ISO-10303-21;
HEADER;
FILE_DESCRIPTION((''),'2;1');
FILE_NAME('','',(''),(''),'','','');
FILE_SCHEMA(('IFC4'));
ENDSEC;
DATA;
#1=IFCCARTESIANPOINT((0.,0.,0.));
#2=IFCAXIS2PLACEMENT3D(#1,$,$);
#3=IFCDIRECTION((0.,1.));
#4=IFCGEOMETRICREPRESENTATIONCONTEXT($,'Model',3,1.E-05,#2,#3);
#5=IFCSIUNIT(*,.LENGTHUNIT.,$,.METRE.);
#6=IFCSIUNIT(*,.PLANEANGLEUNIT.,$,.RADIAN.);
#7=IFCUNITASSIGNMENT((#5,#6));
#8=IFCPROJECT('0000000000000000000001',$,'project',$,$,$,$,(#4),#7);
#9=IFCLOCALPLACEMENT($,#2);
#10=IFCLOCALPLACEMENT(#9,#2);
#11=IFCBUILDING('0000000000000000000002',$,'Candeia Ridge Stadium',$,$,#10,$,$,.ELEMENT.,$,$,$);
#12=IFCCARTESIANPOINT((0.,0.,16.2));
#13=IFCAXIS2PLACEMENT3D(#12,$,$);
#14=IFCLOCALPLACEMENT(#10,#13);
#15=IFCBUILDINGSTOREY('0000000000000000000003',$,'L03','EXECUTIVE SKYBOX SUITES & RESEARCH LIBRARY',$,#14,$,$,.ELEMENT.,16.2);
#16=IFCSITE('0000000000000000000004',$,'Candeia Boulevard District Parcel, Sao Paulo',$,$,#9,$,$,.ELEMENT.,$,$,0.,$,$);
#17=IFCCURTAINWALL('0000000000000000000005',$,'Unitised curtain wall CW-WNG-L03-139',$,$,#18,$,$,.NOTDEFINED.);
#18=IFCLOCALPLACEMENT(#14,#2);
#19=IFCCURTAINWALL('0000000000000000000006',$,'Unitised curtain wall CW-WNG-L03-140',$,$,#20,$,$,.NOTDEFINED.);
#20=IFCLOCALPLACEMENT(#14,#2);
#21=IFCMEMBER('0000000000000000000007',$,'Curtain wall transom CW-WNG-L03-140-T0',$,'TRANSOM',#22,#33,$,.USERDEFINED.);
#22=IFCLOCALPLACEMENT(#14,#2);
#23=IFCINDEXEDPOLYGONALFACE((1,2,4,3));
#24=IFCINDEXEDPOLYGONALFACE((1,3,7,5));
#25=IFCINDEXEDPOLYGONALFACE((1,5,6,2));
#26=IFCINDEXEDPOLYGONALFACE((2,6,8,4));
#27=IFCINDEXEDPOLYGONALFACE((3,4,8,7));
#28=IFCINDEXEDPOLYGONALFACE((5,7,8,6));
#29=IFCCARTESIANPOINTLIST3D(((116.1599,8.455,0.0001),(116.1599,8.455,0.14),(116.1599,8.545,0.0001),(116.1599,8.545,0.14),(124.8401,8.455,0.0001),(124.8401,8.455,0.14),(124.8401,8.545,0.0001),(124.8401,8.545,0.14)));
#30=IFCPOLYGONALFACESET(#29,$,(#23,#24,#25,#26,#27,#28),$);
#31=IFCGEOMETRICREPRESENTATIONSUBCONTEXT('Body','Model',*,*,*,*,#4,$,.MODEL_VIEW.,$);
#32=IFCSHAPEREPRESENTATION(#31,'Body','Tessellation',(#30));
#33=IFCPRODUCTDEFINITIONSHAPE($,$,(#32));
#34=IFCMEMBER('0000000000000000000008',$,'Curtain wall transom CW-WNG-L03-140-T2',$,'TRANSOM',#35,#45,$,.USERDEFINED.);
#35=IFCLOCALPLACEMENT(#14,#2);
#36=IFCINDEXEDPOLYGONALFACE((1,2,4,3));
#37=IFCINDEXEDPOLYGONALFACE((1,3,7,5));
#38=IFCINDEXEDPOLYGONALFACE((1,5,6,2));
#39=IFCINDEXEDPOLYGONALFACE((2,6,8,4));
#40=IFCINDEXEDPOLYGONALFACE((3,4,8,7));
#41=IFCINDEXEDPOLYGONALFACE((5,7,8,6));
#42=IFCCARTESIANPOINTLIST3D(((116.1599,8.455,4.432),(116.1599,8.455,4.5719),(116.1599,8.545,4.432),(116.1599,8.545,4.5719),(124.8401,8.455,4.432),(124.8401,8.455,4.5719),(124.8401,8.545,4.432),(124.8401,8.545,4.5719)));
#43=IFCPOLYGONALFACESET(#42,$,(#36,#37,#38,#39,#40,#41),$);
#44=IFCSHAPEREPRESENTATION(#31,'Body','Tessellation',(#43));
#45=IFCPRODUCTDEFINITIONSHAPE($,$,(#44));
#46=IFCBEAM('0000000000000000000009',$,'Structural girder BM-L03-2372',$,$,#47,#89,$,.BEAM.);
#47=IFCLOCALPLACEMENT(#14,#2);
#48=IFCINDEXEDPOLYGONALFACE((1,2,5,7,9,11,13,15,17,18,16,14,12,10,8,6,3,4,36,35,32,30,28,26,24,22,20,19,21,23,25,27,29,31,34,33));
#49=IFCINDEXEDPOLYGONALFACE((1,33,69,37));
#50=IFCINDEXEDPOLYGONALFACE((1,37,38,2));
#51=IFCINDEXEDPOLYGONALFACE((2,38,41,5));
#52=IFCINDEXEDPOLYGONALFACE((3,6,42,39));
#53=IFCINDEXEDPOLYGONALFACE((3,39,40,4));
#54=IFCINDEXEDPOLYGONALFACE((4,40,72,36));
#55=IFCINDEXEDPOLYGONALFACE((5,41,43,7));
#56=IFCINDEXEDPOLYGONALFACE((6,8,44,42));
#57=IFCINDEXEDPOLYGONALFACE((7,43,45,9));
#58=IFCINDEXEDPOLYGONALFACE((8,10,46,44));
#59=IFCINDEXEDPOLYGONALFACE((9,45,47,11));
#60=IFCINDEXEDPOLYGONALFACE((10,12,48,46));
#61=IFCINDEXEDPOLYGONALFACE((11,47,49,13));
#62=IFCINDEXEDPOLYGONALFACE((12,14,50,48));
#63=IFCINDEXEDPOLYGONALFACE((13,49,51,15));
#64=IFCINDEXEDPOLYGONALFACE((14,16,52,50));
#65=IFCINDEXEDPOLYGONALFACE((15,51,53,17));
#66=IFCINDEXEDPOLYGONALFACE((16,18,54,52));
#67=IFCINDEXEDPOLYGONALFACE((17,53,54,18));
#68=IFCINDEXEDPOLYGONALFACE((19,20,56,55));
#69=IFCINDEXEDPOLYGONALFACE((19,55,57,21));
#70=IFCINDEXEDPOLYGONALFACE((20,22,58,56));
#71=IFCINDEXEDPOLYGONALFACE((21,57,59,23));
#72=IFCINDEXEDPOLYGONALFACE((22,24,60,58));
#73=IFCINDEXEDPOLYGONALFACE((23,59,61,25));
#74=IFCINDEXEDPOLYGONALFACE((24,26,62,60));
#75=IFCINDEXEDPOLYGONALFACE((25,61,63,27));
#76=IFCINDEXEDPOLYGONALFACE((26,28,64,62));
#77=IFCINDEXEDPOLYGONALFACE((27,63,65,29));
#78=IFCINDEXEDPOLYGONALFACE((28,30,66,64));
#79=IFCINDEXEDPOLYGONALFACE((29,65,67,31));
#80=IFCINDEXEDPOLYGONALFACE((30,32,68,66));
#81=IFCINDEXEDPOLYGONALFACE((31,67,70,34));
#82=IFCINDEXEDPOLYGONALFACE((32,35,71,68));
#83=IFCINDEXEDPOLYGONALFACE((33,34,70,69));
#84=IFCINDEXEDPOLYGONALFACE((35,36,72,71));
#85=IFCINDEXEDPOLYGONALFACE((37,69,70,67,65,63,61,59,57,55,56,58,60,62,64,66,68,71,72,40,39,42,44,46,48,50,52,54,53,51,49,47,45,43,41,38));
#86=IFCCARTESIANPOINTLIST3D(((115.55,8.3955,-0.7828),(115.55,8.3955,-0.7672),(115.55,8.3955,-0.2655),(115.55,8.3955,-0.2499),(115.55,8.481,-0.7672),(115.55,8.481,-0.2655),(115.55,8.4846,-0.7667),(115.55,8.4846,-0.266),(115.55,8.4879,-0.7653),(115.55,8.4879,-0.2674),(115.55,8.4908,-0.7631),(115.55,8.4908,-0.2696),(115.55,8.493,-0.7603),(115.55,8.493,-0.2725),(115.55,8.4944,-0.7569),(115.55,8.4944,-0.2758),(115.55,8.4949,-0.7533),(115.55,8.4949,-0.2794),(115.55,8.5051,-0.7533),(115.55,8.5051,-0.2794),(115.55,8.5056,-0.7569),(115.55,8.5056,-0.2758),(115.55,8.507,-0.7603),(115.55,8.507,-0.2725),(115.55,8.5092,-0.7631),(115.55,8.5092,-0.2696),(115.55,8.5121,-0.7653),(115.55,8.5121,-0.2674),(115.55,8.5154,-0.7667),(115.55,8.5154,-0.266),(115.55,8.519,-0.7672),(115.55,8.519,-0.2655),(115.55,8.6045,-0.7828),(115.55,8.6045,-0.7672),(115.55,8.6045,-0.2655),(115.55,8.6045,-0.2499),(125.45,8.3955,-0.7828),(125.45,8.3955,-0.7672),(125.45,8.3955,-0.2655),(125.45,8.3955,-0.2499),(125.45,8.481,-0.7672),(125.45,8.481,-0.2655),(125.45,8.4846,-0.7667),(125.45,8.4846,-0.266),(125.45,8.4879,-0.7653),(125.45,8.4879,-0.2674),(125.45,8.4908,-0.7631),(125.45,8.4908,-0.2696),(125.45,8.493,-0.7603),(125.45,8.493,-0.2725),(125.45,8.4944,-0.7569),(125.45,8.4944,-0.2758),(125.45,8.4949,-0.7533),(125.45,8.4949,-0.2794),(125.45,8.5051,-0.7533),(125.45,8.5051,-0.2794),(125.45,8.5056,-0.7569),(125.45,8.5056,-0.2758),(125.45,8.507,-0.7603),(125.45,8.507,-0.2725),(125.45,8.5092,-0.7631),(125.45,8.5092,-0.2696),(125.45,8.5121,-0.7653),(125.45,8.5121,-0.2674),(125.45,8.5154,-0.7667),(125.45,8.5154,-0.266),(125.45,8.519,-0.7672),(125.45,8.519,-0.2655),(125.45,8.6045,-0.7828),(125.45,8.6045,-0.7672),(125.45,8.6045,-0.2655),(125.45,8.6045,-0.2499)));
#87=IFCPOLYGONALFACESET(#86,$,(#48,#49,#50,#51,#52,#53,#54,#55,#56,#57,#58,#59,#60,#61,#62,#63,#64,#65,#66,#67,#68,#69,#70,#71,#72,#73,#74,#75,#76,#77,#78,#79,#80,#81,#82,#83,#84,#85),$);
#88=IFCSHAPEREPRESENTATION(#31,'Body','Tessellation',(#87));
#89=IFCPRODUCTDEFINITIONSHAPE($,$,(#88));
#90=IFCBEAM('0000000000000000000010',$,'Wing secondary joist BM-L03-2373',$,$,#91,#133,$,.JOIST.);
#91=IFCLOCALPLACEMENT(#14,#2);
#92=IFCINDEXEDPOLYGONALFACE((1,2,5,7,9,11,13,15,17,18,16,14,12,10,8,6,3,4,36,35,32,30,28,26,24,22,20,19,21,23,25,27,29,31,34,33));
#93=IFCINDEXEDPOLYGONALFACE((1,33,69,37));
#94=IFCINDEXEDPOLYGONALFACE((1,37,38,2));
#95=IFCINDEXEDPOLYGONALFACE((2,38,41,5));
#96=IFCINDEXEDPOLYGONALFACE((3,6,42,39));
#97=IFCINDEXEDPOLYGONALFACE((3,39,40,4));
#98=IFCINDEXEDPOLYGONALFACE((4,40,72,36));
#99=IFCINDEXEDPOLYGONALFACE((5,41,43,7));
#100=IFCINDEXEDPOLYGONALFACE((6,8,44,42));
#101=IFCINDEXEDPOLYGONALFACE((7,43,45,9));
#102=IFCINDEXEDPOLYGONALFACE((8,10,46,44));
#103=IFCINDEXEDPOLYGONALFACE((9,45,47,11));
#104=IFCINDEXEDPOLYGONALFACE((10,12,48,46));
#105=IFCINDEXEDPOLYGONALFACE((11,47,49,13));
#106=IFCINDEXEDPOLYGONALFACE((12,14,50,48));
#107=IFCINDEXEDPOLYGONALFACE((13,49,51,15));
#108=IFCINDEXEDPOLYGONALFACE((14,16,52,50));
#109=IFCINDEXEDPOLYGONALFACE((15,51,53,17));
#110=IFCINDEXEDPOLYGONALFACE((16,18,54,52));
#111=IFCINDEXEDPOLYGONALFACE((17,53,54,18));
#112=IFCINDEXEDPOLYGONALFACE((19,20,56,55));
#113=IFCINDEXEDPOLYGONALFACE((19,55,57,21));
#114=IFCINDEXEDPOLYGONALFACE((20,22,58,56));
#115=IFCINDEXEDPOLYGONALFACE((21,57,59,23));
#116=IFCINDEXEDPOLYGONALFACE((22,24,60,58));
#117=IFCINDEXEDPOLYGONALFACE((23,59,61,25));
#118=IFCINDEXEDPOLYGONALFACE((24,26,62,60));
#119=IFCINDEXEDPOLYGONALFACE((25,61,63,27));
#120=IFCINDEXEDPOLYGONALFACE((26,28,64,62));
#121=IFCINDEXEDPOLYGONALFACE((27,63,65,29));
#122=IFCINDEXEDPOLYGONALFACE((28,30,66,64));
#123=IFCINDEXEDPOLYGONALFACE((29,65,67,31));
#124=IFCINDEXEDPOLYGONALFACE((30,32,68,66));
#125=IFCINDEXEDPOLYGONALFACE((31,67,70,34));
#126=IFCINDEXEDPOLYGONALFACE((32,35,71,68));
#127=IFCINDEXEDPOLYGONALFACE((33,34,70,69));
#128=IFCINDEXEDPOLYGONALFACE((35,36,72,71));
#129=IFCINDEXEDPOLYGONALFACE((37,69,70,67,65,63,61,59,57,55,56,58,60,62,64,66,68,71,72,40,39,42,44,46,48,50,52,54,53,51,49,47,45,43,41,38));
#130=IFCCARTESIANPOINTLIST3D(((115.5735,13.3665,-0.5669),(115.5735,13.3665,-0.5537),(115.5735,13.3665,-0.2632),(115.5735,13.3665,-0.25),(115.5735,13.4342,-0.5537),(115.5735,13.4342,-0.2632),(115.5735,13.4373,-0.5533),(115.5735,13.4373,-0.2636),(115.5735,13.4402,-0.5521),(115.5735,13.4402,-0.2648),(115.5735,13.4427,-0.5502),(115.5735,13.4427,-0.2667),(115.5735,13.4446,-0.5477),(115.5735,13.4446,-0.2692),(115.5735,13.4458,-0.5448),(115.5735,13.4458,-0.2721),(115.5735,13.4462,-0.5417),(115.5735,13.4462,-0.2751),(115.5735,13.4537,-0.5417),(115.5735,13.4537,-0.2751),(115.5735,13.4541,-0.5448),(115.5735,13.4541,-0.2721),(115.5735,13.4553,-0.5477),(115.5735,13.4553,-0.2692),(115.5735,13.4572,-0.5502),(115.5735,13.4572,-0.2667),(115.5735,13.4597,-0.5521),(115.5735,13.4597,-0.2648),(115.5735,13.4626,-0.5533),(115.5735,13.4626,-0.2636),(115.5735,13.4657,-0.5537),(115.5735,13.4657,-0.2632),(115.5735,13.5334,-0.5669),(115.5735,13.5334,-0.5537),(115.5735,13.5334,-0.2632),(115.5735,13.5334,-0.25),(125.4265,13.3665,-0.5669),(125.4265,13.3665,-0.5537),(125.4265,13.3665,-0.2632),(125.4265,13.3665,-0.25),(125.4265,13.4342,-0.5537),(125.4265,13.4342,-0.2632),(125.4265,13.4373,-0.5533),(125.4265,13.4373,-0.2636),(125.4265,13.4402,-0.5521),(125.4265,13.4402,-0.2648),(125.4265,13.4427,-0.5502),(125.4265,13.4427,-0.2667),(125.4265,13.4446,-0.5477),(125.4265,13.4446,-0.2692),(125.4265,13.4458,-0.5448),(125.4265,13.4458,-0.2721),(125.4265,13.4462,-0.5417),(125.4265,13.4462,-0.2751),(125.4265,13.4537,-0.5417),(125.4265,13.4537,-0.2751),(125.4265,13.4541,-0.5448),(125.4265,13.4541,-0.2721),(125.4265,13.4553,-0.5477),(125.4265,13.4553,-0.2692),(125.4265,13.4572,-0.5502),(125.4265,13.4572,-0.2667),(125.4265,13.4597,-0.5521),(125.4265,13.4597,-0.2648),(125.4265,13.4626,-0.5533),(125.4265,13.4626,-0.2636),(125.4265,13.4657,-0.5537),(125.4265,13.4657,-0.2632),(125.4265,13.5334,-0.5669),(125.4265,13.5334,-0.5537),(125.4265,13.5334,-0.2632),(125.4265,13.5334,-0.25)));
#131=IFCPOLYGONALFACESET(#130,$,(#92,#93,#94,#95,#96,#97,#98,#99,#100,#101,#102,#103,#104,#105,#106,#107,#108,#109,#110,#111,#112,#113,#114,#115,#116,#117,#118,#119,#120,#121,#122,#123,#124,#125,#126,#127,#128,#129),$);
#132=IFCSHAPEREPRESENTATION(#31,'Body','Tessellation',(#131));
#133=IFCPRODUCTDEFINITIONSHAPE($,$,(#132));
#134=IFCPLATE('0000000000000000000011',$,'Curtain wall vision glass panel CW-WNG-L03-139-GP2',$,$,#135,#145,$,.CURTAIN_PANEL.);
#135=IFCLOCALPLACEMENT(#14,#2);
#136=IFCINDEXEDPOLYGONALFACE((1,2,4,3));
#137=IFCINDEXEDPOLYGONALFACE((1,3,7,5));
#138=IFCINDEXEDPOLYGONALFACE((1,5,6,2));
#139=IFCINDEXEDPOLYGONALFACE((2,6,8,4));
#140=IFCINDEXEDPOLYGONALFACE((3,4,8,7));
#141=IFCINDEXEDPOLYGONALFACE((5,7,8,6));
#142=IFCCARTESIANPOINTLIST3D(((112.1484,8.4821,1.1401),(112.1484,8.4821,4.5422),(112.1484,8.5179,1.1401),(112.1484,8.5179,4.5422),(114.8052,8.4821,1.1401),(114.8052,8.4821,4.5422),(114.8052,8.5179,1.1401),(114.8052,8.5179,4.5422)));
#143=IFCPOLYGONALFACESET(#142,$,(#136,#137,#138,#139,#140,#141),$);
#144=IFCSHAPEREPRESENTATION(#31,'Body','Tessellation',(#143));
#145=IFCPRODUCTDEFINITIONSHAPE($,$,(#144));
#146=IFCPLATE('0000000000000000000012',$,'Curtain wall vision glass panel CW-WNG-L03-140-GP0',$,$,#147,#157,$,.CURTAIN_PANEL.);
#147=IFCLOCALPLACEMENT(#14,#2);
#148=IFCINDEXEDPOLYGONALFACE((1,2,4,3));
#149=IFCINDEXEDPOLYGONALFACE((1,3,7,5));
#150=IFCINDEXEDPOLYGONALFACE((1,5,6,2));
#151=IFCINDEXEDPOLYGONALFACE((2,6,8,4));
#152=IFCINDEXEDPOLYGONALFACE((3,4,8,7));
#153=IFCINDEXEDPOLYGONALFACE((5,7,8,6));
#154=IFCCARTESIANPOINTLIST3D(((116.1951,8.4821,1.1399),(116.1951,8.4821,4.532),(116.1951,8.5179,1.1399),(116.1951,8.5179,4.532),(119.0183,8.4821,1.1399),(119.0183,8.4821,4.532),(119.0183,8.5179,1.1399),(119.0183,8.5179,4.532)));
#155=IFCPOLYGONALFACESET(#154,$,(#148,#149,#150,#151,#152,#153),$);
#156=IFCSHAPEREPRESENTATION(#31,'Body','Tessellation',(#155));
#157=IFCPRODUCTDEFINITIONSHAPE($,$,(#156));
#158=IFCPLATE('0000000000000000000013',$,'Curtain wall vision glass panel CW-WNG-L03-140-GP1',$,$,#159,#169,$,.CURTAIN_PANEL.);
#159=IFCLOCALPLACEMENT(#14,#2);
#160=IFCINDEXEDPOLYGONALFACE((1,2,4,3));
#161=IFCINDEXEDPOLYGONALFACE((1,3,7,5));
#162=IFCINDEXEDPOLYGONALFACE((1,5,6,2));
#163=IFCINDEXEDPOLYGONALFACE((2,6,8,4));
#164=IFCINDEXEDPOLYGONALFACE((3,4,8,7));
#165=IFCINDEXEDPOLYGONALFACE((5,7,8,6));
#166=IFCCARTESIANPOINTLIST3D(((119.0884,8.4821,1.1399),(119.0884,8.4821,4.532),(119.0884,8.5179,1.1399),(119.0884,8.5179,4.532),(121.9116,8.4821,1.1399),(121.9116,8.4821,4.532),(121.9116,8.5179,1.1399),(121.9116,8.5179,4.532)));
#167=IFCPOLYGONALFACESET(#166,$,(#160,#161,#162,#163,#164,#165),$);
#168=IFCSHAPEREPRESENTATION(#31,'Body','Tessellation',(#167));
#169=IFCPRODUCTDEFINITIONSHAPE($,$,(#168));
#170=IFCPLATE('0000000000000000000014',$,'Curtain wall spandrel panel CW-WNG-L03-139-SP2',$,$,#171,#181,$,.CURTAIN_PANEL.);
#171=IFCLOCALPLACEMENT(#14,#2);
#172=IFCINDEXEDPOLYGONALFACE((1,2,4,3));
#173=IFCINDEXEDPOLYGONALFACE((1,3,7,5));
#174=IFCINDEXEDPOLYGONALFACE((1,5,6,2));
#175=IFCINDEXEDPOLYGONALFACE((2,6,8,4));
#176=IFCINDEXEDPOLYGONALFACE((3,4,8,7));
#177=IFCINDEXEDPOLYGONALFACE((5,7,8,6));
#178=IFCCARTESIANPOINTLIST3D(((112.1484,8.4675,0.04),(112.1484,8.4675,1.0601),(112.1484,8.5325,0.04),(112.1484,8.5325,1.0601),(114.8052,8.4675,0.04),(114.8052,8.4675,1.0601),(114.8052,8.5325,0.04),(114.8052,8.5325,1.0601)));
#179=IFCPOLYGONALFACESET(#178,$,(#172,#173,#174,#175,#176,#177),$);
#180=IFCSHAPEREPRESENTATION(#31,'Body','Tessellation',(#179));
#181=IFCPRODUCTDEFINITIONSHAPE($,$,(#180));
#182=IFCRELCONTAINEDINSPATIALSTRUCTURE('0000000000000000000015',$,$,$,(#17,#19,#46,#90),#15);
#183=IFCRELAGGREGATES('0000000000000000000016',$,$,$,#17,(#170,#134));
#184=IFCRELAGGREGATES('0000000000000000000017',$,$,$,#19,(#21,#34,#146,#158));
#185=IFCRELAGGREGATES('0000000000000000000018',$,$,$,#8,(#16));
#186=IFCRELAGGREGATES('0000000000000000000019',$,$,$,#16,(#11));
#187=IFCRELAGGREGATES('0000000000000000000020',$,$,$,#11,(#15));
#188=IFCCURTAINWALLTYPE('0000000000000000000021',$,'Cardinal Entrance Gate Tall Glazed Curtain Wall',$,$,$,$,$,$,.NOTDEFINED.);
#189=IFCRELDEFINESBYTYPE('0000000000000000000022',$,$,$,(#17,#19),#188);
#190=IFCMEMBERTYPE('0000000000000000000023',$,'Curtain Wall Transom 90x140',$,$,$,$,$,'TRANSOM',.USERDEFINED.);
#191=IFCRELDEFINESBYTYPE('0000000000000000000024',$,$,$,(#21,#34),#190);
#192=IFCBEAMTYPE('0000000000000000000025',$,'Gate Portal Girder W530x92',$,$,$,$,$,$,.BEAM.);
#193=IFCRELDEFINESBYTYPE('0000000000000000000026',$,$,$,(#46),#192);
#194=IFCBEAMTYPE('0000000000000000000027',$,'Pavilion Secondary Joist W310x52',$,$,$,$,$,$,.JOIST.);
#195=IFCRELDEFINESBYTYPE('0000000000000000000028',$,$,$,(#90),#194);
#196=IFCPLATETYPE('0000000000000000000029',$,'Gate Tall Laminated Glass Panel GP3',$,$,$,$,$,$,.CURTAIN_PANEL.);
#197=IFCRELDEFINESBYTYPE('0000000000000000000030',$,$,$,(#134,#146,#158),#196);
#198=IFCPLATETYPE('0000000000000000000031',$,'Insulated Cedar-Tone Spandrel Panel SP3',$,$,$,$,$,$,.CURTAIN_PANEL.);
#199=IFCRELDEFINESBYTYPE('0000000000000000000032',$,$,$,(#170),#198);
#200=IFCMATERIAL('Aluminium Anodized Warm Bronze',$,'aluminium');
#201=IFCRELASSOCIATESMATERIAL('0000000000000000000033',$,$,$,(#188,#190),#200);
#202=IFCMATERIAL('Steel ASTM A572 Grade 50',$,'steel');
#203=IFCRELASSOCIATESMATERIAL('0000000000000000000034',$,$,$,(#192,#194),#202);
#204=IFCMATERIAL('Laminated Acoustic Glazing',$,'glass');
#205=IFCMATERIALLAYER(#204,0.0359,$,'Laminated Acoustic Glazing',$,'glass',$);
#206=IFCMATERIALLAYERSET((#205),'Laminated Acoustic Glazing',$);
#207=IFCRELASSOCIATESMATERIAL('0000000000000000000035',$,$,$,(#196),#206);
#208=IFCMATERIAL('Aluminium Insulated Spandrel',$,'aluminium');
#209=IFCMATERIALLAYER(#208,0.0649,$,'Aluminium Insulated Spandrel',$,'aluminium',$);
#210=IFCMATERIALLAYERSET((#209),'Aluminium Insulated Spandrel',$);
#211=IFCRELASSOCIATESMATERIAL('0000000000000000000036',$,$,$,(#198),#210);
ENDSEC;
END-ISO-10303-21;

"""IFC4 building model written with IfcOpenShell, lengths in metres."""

from ifc_helpers import new_model, si_unit, direction, frame, origin, origin_2d, place, context, subcontext, project, spatial, rectangle, i_section, extrude, material, layer, layer_set, material_profile, profile_set, type_object, element, aggregate, save


model = new_model("IFC4")

# Units and contexts
model_context = context("Model", 3, precision=1e-05, world=origin(), true_north=direction((0.0, 1.0)))
body_context = subcontext(model_context, "Body", "Model", "MODEL_VIEW")
ifc_project = project(units=[si_unit("LENGTHUNIT", "METRE"), si_unit("PLANEANGLEUNIT", "RADIAN")], contexts=[model_context])

# Site, building, storey
site_placement = place(None, origin())
site = spatial("IfcSite", under=ifc_project, at=site_placement, Name="Candeia Boulevard District Parcel, Sao Paulo", CompositionType="ELEMENT", RefElevation=0.0)
building_placement = place(site_placement, origin())
building = spatial("IfcBuilding", under=site, at=building_placement, Name="Candeia Ridge Stadium", CompositionType="ELEMENT")
storey_placement = place(building_placement, frame((0.0, 0.0, 16.2)))
storey = spatial("IfcBuildingStorey", under=building, at=storey_placement, Name="L03", Description="EXECUTIVE SKYBOX SUITES & RESEARCH LIBRARY", CompositionType="ELEMENT", Elevation=16.2)

# Shared definitions
ifc_material_1 = material(Name="Steel ASTM A572 Grade 50", Category="steel")

# Curtain walls
ifc_material_2 = material(Name="Aluminium Anodized Warm Bronze", Category="aluminium")
curtain_wall_type = type_object("IfcCurtainWallType", Name="Cardinal Entrance Gate Tall Glazed Curtain Wall", PredefinedType="NOTDEFINED", material=ifc_material_2)
curtain_wall_1_placement = place(storey_placement, origin())
curtain_wall_1 = element("IfcCurtainWall", 1, at=curtain_wall_1_placement, inside=storey, type_object=curtain_wall_type, Name="Unitised curtain wall CW-WNG-L03-139", PredefinedType="NOTDEFINED")
curtain_wall_2_placement = place(storey_placement, origin())
curtain_wall_2 = element("IfcCurtainWall", 2, at=curtain_wall_2_placement, inside=storey, type_object=curtain_wall_type, Name="Unitised curtain wall CW-WNG-L03-140", PredefinedType="NOTDEFINED")

# Members
ifc_material_profile_1 = material_profile(ifc_material_2, rectangle(XDim=0.0901, YDim=0.1399, at=origin_2d()), Name="CWT-90x140", Category="aluminium")
ifc_profile_set_1 = profile_set([ifc_material_profile_1], Name="Aluminium Anodized Warm Bronze")
member_type_1 = type_object("IfcMemberType", Name="Curtain Wall Transom 90x140", ElementType="TRANSOM", PredefinedType="USERDEFINED", material=ifc_profile_set_1)
member_1_placement = place(storey_placement, frame((116.1599, 8.5, 0.0701), z_axis=(1.0, 0.0, 0.0), x_axis=(0.0, 1.0, 0.0)))
member_1 = element("IfcMember", 3, at=member_1_placement, type_object=member_type_1, Name="Curtain wall transom CW-WNG-L03-140-T0", ObjectType="TRANSOM", PredefinedType="USERDEFINED", context=body_context, shape_type="SweptSolid", body=[
    extrude(rectangle(XDim=0.0901, YDim=0.1399, at=origin_2d()), origin(), (0.0, 0.0, 1.0), 8.6802),
])
member_2_placement = place(storey_placement, frame((116.1599, 8.5, 4.502), z_axis=(1.0, 0.0, 0.0), x_axis=(0.0, 1.0, 0.0)))
member_2 = element("IfcMember", 4, at=member_2_placement, type_object=member_type_1, Name="Curtain wall transom CW-WNG-L03-140-T2", ObjectType="TRANSOM", PredefinedType="USERDEFINED", context=body_context, shape_type="SweptSolid", body=[
    extrude(rectangle(XDim=0.0901, YDim=0.1399, at=origin_2d()), origin(), (0.0, 0.0, 1.0), 8.6802),
])

# Beams
ifc_material_profile_2 = material_profile(ifc_material_1, i_section(OverallWidth=0.209, OverallDepth=0.533, WebThickness=0.0103, FlangeThickness=0.0156, FilletRadius=0.0139, at=origin_2d()), Name="W530x92", Category="steel")
ifc_profile_set_2 = profile_set([ifc_material_profile_2], Name="Steel ASTM A572 Grade 50")
beam_type_1 = type_object("IfcBeamType", Name="Gate Portal Girder W530x92", PredefinedType="BEAM", material=ifc_profile_set_2)
beam_1_placement = place(storey_placement, frame((115.55, 8.5, -0.5164), z_axis=(1.0, 0.0, 0.0), x_axis=(0.0, 1.0, 0.0)))
element("IfcBeam", 5, at=beam_1_placement, inside=storey, type_object=beam_type_1, Name="Structural girder BM-L03-2372", PredefinedType="BEAM", context=body_context, shape_type="SweptSolid", body=[
    extrude(i_section(OverallWidth=0.209, OverallDepth=0.533, WebThickness=0.0103, FlangeThickness=0.0156, FilletRadius=0.0139, at=origin_2d()), origin(), (0.0, 0.0, 1.0), 9.8999),
])
ifc_material_profile_3 = material_profile(ifc_material_1, i_section(OverallWidth=0.167, OverallDepth=0.3169, WebThickness=0.0076, FlangeThickness=0.0132, FilletRadius=0.012, at=origin_2d()), Name="W310x52", Category="steel")
ifc_profile_set_3 = profile_set([ifc_material_profile_3], Name="Steel ASTM A572 Grade 50")
beam_type_2 = type_object("IfcBeamType", Name="Pavilion Secondary Joist W310x52", PredefinedType="JOIST", material=ifc_profile_set_3)
beam_2_placement = place(storey_placement, frame((115.5735, 13.45, -0.4084), z_axis=(1.0, 0.0, 0.0), x_axis=(0.0, 1.0, 0.0)))
element("IfcBeam", 6, at=beam_2_placement, inside=storey, type_object=beam_type_2, Name="Wing secondary joist BM-L03-2373", PredefinedType="JOIST", context=body_context, shape_type="SweptSolid", body=[
    extrude(i_section(OverallWidth=0.167, OverallDepth=0.3169, WebThickness=0.0076, FlangeThickness=0.0132, FilletRadius=0.012, at=origin_2d()), origin(), (0.0, 0.0, 1.0), 9.853),
])

# Plates
ifc_material_3 = material(Name="Laminated Acoustic Glazing", Category="glass")
ifc_layer_1 = layer(ifc_material_3, 0.0359, Name="Laminated Acoustic Glazing", Category="glass")
ifc_layer_set_1 = layer_set([ifc_layer_1], Name="Laminated Acoustic Glazing")
plate_type_1 = type_object("IfcPlateType", Name="Gate Tall Laminated Glass Panel GP3", PredefinedType="CURTAIN_PANEL", material=ifc_layer_set_1)
plate_1_placement = place(storey_placement, frame((113.4768, 8.5, 1.1401), z_axis=(0.0, 0.0, 1.0), x_axis=(1.0, 0.0, 0.0)))
plate_1 = element("IfcPlate", 7, at=plate_1_placement, type_object=plate_type_1, Name="Curtain wall vision glass panel CW-WNG-L03-139-GP2", PredefinedType="CURTAIN_PANEL", context=body_context, shape_type="SweptSolid", body=[
    extrude(rectangle(XDim=2.6567, YDim=0.0359, at=origin_2d()), origin(), (0.0, 0.0, 1.0), 3.4021),
])
plate_2_placement = place(storey_placement, frame((117.6067, 8.5, 1.1399), z_axis=(0.0, 0.0, 1.0), x_axis=(1.0, 0.0, 0.0)))
plate_2 = element("IfcPlate", 8, at=plate_2_placement, type_object=plate_type_1, Name="Curtain wall vision glass panel CW-WNG-L03-140-GP0", PredefinedType="CURTAIN_PANEL", context=body_context, shape_type="SweptSolid", body=[
    extrude(rectangle(XDim=2.8232, YDim=0.0359, at=origin_2d()), origin(), (0.0, 0.0, 1.0), 3.3921),
])
plate_3_placement = place(storey_placement, frame((120.5, 8.5, 1.1399), z_axis=(0.0, 0.0, 1.0), x_axis=(1.0, 0.0, 0.0)))
plate_3 = element("IfcPlate", 9, at=plate_3_placement, type_object=plate_type_1, Name="Curtain wall vision glass panel CW-WNG-L03-140-GP1", PredefinedType="CURTAIN_PANEL", context=body_context, shape_type="SweptSolid", body=[
    extrude(rectangle(XDim=2.8232, YDim=0.0359, at=origin_2d()), origin(), (0.0, 0.0, 1.0), 3.3921),
])
ifc_material_4 = material(Name="Aluminium Insulated Spandrel", Category="aluminium")
ifc_layer_2 = layer(ifc_material_4, 0.0649, Name="Aluminium Insulated Spandrel", Category="aluminium")
ifc_layer_set_2 = layer_set([ifc_layer_2], Name="Aluminium Insulated Spandrel")
plate_type_2 = type_object("IfcPlateType", Name="Insulated Cedar-Tone Spandrel Panel SP3", PredefinedType="CURTAIN_PANEL", material=ifc_layer_set_2)
plate_4_placement = place(storey_placement, frame((113.4768, 8.5, 0.04), z_axis=(0.0, 0.0, 1.0), x_axis=(1.0, 0.0, 0.0)))
plate_4 = element("IfcPlate", 10, at=plate_4_placement, type_object=plate_type_2, Name="Curtain wall spandrel panel CW-WNG-L03-139-SP2", PredefinedType="CURTAIN_PANEL", context=body_context, shape_type="SweptSolid", body=[
    extrude(rectangle(XDim=2.6567, YDim=0.0649, at=origin_2d()), origin(), (0.0, 0.0, 1.0), 1.02),
])
aggregate(curtain_wall_1, [plate_4, plate_1])
aggregate(curtain_wall_2, [member_1, member_2, plate_2, plate_3])

save(model, "model.ifc")
